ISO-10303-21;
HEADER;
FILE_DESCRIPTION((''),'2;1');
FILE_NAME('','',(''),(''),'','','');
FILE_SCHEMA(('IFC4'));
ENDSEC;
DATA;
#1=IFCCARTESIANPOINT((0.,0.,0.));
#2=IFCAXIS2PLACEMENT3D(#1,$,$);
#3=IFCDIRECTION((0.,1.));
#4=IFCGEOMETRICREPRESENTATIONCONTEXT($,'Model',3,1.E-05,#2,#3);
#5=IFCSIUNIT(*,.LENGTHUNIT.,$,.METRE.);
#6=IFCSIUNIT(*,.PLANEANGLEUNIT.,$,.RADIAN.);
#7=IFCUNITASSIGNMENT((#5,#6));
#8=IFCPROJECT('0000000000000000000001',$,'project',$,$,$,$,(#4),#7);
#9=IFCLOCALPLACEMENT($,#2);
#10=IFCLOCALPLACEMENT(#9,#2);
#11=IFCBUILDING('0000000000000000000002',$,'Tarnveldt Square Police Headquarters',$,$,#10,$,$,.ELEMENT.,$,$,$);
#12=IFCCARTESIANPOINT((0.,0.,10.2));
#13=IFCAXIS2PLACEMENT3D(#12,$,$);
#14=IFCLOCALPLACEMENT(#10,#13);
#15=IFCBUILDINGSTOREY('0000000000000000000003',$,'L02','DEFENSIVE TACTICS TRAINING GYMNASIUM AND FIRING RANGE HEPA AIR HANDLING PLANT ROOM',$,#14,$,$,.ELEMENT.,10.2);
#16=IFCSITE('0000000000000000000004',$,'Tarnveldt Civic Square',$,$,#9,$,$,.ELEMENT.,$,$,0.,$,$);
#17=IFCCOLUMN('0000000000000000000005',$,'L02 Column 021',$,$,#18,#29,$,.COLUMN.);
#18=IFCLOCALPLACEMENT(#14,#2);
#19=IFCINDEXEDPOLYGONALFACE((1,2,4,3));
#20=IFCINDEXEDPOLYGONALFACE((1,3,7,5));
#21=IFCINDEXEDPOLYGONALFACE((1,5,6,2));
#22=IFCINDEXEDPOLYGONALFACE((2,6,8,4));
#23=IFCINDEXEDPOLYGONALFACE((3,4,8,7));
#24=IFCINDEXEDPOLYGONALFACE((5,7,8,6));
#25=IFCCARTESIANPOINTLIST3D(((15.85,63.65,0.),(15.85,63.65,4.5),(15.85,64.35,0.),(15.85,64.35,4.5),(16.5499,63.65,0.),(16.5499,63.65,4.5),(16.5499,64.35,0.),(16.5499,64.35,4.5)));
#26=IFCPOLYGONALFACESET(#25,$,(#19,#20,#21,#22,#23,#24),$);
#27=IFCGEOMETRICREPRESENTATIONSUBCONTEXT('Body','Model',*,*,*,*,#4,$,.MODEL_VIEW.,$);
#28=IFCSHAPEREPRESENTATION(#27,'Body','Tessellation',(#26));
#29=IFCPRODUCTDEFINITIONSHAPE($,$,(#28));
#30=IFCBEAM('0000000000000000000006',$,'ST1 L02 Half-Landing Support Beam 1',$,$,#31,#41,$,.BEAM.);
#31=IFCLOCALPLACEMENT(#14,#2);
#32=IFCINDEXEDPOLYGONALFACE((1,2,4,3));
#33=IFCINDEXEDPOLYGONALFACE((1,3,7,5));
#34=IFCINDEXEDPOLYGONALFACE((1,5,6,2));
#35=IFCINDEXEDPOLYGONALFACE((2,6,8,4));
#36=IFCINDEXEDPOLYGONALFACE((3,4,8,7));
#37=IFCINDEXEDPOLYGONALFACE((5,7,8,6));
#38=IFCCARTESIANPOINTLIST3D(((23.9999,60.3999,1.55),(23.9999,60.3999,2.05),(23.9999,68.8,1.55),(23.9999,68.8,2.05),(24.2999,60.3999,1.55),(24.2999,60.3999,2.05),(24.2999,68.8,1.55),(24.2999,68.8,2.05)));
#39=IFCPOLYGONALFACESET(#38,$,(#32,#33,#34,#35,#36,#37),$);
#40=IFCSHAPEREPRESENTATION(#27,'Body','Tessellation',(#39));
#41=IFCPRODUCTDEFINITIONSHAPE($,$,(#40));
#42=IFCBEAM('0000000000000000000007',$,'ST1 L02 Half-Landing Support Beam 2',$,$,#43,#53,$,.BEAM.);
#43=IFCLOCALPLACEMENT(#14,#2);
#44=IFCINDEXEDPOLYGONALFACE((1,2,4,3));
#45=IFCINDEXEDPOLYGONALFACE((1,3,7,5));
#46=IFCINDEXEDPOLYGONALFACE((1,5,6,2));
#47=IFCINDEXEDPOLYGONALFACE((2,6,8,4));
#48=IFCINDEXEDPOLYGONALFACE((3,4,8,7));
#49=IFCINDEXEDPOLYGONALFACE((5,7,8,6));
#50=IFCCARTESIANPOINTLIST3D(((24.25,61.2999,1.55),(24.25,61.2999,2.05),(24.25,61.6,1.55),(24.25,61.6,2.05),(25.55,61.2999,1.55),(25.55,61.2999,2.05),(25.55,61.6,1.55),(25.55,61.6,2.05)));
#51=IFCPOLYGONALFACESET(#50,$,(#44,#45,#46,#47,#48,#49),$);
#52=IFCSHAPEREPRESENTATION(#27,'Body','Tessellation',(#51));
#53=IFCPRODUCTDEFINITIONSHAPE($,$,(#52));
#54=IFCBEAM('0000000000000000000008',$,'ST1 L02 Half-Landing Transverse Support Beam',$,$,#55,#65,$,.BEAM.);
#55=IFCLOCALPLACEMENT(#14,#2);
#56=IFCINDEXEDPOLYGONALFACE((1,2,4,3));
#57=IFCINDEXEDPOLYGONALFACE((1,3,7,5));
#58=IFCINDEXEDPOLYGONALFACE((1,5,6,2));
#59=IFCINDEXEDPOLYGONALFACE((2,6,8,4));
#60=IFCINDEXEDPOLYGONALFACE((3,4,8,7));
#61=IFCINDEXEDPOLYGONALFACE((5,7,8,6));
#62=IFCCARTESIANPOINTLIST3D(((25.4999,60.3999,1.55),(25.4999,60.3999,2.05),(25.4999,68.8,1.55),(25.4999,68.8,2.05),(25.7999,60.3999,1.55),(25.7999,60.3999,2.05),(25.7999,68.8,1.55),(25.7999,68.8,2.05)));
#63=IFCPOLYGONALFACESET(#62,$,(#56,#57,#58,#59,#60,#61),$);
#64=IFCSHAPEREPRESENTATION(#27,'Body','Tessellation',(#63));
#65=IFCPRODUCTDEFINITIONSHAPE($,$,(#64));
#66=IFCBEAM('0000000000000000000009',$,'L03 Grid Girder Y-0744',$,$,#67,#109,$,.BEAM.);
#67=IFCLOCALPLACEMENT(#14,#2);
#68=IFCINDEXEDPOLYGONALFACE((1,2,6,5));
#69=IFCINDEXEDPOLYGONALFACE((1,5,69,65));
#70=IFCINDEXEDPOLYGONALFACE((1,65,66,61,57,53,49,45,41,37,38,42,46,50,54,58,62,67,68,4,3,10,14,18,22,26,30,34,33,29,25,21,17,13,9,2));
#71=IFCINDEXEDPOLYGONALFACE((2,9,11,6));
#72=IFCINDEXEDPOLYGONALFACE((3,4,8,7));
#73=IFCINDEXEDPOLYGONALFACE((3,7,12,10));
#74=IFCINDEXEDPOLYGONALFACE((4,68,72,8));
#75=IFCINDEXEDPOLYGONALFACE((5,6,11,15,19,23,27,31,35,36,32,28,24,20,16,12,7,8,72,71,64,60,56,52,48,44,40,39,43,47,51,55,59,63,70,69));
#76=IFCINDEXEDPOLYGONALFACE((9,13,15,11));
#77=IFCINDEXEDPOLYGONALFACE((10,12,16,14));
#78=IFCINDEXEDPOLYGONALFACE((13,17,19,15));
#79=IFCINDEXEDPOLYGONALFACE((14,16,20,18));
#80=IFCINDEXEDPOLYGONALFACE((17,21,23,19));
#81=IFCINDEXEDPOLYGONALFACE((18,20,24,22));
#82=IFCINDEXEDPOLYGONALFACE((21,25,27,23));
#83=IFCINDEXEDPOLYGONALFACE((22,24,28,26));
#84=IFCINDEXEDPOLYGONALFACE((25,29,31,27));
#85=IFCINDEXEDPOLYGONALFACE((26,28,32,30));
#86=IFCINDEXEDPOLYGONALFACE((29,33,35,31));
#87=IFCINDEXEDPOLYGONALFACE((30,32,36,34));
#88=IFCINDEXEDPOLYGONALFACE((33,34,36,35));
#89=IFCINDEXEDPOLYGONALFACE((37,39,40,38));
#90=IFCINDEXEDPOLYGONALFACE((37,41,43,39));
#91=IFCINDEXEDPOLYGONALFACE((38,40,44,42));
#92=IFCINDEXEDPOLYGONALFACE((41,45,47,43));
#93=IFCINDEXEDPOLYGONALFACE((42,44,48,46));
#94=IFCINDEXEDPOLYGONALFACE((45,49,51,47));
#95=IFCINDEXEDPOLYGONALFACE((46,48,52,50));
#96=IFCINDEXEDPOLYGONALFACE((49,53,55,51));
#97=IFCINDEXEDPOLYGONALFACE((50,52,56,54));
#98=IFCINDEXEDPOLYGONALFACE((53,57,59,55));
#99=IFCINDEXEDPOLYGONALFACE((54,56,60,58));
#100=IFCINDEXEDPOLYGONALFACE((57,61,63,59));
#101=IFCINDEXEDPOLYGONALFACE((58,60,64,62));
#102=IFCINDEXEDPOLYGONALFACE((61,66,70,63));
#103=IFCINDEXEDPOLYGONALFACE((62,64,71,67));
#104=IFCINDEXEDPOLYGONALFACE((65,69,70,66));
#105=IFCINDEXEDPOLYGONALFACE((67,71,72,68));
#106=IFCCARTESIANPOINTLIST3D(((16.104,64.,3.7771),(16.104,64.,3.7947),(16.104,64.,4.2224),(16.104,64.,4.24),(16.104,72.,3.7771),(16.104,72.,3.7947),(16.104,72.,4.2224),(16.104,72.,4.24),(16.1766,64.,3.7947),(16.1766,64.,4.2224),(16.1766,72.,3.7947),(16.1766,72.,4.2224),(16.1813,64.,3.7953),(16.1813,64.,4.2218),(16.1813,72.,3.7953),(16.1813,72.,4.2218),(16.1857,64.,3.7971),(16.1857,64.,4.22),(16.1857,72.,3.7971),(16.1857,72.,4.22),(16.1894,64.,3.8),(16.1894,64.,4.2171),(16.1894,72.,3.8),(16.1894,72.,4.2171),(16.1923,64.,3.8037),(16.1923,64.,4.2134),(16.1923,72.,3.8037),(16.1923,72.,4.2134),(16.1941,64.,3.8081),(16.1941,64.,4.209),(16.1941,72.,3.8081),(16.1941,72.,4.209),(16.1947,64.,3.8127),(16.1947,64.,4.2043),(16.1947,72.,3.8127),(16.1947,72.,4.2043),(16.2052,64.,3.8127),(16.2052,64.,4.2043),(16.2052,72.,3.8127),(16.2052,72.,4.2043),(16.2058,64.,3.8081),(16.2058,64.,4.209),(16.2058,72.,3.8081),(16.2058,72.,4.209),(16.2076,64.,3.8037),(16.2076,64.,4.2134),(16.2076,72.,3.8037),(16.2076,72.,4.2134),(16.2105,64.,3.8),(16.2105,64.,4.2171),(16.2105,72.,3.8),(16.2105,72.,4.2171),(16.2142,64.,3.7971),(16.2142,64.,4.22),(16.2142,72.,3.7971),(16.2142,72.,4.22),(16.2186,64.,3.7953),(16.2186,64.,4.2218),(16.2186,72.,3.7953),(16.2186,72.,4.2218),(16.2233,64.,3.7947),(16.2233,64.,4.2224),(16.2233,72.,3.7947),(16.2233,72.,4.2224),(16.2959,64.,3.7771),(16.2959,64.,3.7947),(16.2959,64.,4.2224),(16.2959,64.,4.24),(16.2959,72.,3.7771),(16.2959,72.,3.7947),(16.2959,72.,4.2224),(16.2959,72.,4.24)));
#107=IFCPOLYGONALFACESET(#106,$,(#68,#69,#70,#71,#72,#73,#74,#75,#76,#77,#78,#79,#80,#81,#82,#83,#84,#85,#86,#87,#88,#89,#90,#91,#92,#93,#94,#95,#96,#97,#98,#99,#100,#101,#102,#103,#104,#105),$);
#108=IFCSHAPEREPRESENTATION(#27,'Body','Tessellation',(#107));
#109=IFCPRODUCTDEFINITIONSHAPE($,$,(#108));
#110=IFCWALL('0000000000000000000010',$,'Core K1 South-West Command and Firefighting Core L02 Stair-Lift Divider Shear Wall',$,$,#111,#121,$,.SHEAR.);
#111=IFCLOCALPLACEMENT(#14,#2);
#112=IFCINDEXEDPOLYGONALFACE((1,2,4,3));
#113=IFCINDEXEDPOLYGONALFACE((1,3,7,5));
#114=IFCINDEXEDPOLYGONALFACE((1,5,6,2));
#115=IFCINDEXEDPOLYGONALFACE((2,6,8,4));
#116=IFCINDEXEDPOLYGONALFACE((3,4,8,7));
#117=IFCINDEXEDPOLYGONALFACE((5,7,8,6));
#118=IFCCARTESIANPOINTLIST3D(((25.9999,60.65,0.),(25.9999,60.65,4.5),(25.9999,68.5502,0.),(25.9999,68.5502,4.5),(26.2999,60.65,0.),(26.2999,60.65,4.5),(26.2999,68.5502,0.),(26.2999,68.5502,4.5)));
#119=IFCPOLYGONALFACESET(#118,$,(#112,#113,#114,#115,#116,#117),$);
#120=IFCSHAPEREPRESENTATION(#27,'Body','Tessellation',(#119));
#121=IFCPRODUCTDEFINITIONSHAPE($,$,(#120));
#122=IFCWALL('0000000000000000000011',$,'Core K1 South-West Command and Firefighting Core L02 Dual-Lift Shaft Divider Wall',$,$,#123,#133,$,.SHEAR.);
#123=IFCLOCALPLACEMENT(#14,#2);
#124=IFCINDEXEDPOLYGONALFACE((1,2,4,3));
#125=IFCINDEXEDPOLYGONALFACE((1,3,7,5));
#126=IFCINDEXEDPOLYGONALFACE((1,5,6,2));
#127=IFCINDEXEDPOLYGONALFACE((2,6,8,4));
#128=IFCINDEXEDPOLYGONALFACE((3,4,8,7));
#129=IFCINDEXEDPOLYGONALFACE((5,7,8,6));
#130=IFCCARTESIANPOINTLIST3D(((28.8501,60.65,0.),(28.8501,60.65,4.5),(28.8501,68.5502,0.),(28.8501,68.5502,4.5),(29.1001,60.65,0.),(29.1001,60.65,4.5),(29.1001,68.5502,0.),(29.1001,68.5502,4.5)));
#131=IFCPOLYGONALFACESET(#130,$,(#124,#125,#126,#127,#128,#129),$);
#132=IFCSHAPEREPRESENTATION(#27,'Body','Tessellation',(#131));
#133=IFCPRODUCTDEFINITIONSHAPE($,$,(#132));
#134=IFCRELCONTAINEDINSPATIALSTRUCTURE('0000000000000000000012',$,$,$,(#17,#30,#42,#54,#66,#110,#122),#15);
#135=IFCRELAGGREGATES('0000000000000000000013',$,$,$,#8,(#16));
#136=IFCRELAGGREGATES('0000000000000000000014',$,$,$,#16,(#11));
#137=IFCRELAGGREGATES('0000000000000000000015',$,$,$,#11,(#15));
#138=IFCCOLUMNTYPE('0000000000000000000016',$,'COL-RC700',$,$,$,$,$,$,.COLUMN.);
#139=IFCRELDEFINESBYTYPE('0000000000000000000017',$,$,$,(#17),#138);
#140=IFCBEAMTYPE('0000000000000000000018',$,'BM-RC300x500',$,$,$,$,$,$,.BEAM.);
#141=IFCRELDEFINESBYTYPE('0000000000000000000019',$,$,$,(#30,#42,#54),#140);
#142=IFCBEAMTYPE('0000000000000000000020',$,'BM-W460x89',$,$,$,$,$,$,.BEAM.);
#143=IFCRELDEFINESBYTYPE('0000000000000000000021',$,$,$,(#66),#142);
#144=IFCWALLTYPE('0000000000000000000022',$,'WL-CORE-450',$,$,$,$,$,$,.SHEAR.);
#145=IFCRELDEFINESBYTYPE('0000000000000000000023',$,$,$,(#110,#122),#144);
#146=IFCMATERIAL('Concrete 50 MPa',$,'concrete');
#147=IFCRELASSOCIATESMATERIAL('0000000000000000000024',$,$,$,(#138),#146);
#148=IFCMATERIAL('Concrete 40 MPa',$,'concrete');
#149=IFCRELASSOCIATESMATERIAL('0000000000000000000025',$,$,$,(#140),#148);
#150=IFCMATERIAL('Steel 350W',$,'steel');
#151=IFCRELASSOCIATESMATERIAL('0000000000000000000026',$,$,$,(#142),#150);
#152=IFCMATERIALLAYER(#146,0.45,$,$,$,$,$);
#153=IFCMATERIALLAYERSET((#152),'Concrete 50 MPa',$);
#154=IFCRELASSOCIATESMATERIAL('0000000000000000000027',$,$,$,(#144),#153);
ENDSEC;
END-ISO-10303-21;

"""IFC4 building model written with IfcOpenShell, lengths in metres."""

from ifc_helpers import new_model, si_unit, direction, frame, frame_2d, origin, origin_2d, place, context, subcontext, project, spatial, rectangle, i_section, extrude, material, layer, layer_set, material_profile, profile_set, type_object, element, save


model = new_model("IFC4")

# Units and contexts
model_context = context("Model", 3, precision=1e-05, world=origin(), true_north=direction((0.0, 1.0)))
body_context = subcontext(model_context, "Body", "Model", "MODEL_VIEW")
ifc_project = project(units=[si_unit("LENGTHUNIT", "METRE"), si_unit("PLANEANGLEUNIT", "RADIAN")], contexts=[model_context])

# Site, building, storey
site_placement = place(None, origin())
site = spatial("IfcSite", under=ifc_project, at=site_placement, Name="Tarnveldt Civic Square", CompositionType="ELEMENT", RefElevation=0.0)
building_placement = place(site_placement, origin())
building = spatial("IfcBuilding", under=site, at=building_placement, Name="Tarnveldt Square Police Headquarters", CompositionType="ELEMENT")
storey_placement = place(building_placement, frame((0.0, 0.0, 10.2)))
storey = spatial("IfcBuildingStorey", under=building, at=storey_placement, Name="L02", Description="DEFENSIVE TACTICS TRAINING GYMNASIUM AND FIRING RANGE HEPA AIR HANDLING PLANT ROOM", CompositionType="ELEMENT", Elevation=10.2)

# Column
ifc_material_1 = material(Name="Concrete 50 MPa", Category="concrete")
ifc_material_profile_1 = material_profile(ifc_material_1, rectangle(XDim=0.7, YDim=0.7, at=origin_2d()), Name="RC-C700x700")
ifc_profile_set_1 = profile_set([ifc_material_profile_1], Name="Concrete 50 MPa")
column_type = type_object("IfcColumnType", Name="COL-RC700", PredefinedType="COLUMN", material=ifc_profile_set_1)
column_placement = place(storey_placement, frame((16.2, 64.0, 0.0), z_axis=(0.0, 0.0, 1.0), x_axis=(1.0, 0.0, 0.0)))
element("IfcColumn", 1, at=column_placement, inside=storey, type_object=column_type, Name="L02 Column 021", PredefinedType="COLUMN", context=body_context, shape_type="SweptSolid", body=[
    extrude(rectangle(XDim=0.7, YDim=0.7, at=origin_2d()), origin(), (0.0, 0.0, 1.0), 4.5),
])

# Beams
ifc_material_2 = material(Name="Concrete 40 MPa", Category="concrete")
ifc_material_profile_2 = material_profile(ifc_material_2, rectangle(XDim=0.3, YDim=0.5, at=origin_2d()), Name="RC-B300x500")
ifc_profile_set_2 = profile_set([ifc_material_profile_2], Name="Concrete 40 MPa")
beam_type_1 = type_object("IfcBeamType", Name="BM-RC300x500", PredefinedType="BEAM", material=ifc_profile_set_2)
beam_1_placement = place(storey_placement, frame((24.1499, 60.3999, 1.8), z_axis=(0.0, 1.0, 0.0), x_axis=(-1.0, 0.0, 0.0)))
element("IfcBeam", 2, at=beam_1_placement, inside=storey, type_object=beam_type_1, Name="ST1 L02 Half-Landing Support Beam 1", PredefinedType="BEAM", context=body_context, shape_type="SweptSolid", body=[
    extrude(rectangle(XDim=0.3, YDim=0.5, at=origin_2d()), origin(), (0.0, 0.0, 1.0), 8.4001),
])
beam_2_placement = place(storey_placement, frame((24.25, 61.45, 1.8), z_axis=(1.0, 0.0, 0.0), x_axis=(0.0, 1.0, 0.0)))
element("IfcBeam", 3, at=beam_2_placement, inside=storey, type_object=beam_type_1, Name="ST1 L02 Half-Landing Support Beam 2", PredefinedType="BEAM", context=body_context, shape_type="SweptSolid", body=[
    extrude(rectangle(XDim=0.3, YDim=0.5, at=origin_2d()), origin(), (0.0, 0.0, 1.0), 1.3),
])
beam_3_placement = place(storey_placement, frame((25.6499, 60.3999, 1.8), z_axis=(0.0, 1.0, 0.0), x_axis=(-1.0, 0.0, 0.0)))
element("IfcBeam", 4, at=beam_3_placement, inside=storey, type_object=beam_type_1, Name="ST1 L02 Half-Landing Transverse Support Beam", PredefinedType="BEAM", context=body_context, shape_type="SweptSolid", body=[
    extrude(rectangle(XDim=0.3, YDim=0.5, at=origin_2d()), origin(), (0.0, 0.0, 1.0), 8.4001),
])
ifc_material_3 = material(Name="Steel 350W", Category="steel")
ifc_material_profile_3 = material_profile(ifc_material_3, i_section(OverallWidth=0.1919, OverallDepth=0.4629, WebThickness=0.0105, FlangeThickness=0.0176, FilletRadius=0.0181, at=origin_2d()), Name="W460x89")
ifc_profile_set_3 = profile_set([ifc_material_profile_3], Name="Steel 350W")
beam_type_2 = type_object("IfcBeamType", Name="BM-W460x89", PredefinedType="BEAM", material=ifc_profile_set_3)
beam_4_placement = place(storey_placement, frame((16.2, 64.0, 4.0085), z_axis=(0.0, 1.0, 0.0), x_axis=(-1.0, 0.0, 0.0)))
element("IfcBeam", 5, at=beam_4_placement, inside=storey, type_object=beam_type_2, Name="L03 Grid Girder Y-0744", PredefinedType="BEAM", context=body_context, shape_type="SweptSolid", body=[
    extrude(i_section(OverallWidth=0.1919, OverallDepth=0.4629, WebThickness=0.0105, FlangeThickness=0.0176, FilletRadius=0.0181, at=origin_2d()), origin(), (0.0, 0.0, 1.0), 8.0),
])

# Walls
ifc_layer_1 = layer(ifc_material_1, 0.45)
ifc_layer_set_1 = layer_set([ifc_layer_1], Name="Concrete 50 MPa")
wall_type_1 = type_object("IfcWallType", Name="WL-CORE-450", PredefinedType="SHEAR", material=ifc_layer_set_1)
wall_1_placement = place(storey_placement, frame((26.1499, 60.6499, 0.0), z_axis=(0.0, 0.0, 1.0), x_axis=(0.0, 1.0, 0.0)))
element("IfcWall", 6, at=wall_1_placement, inside=storey, type_object=wall_type_1, Name="Core K1 South-West Command and Firefighting Core L02 Stair-Lift Divider Shear Wall", PredefinedType="SHEAR", context=body_context, shape_type="SweptSolid", body=[
    extrude(rectangle(XDim=7.9001, YDim=0.3, at=frame_2d((3.9502, 0.0))), origin(), (0.0, 0.0, 1.0), 4.5),
])
wall_2_placement = place(storey_placement, frame((28.9751, 60.6499, 0.0), z_axis=(0.0, 0.0, 1.0), x_axis=(0.0, 1.0, 0.0)))
element("IfcWall", 7, at=wall_2_placement, inside=storey, type_object=wall_type_1, Name="Core K1 South-West Command and Firefighting Core L02 Dual-Lift Shaft Divider Wall", PredefinedType="SHEAR", context=body_context, shape_type="SweptSolid", body=[
    extrude(rectangle(XDim=7.9001, YDim=0.25, at=frame_2d((3.9502, 0.0))), origin(), (0.0, 0.0, 1.0), 4.5),
])

save(model, "model.ifc")
